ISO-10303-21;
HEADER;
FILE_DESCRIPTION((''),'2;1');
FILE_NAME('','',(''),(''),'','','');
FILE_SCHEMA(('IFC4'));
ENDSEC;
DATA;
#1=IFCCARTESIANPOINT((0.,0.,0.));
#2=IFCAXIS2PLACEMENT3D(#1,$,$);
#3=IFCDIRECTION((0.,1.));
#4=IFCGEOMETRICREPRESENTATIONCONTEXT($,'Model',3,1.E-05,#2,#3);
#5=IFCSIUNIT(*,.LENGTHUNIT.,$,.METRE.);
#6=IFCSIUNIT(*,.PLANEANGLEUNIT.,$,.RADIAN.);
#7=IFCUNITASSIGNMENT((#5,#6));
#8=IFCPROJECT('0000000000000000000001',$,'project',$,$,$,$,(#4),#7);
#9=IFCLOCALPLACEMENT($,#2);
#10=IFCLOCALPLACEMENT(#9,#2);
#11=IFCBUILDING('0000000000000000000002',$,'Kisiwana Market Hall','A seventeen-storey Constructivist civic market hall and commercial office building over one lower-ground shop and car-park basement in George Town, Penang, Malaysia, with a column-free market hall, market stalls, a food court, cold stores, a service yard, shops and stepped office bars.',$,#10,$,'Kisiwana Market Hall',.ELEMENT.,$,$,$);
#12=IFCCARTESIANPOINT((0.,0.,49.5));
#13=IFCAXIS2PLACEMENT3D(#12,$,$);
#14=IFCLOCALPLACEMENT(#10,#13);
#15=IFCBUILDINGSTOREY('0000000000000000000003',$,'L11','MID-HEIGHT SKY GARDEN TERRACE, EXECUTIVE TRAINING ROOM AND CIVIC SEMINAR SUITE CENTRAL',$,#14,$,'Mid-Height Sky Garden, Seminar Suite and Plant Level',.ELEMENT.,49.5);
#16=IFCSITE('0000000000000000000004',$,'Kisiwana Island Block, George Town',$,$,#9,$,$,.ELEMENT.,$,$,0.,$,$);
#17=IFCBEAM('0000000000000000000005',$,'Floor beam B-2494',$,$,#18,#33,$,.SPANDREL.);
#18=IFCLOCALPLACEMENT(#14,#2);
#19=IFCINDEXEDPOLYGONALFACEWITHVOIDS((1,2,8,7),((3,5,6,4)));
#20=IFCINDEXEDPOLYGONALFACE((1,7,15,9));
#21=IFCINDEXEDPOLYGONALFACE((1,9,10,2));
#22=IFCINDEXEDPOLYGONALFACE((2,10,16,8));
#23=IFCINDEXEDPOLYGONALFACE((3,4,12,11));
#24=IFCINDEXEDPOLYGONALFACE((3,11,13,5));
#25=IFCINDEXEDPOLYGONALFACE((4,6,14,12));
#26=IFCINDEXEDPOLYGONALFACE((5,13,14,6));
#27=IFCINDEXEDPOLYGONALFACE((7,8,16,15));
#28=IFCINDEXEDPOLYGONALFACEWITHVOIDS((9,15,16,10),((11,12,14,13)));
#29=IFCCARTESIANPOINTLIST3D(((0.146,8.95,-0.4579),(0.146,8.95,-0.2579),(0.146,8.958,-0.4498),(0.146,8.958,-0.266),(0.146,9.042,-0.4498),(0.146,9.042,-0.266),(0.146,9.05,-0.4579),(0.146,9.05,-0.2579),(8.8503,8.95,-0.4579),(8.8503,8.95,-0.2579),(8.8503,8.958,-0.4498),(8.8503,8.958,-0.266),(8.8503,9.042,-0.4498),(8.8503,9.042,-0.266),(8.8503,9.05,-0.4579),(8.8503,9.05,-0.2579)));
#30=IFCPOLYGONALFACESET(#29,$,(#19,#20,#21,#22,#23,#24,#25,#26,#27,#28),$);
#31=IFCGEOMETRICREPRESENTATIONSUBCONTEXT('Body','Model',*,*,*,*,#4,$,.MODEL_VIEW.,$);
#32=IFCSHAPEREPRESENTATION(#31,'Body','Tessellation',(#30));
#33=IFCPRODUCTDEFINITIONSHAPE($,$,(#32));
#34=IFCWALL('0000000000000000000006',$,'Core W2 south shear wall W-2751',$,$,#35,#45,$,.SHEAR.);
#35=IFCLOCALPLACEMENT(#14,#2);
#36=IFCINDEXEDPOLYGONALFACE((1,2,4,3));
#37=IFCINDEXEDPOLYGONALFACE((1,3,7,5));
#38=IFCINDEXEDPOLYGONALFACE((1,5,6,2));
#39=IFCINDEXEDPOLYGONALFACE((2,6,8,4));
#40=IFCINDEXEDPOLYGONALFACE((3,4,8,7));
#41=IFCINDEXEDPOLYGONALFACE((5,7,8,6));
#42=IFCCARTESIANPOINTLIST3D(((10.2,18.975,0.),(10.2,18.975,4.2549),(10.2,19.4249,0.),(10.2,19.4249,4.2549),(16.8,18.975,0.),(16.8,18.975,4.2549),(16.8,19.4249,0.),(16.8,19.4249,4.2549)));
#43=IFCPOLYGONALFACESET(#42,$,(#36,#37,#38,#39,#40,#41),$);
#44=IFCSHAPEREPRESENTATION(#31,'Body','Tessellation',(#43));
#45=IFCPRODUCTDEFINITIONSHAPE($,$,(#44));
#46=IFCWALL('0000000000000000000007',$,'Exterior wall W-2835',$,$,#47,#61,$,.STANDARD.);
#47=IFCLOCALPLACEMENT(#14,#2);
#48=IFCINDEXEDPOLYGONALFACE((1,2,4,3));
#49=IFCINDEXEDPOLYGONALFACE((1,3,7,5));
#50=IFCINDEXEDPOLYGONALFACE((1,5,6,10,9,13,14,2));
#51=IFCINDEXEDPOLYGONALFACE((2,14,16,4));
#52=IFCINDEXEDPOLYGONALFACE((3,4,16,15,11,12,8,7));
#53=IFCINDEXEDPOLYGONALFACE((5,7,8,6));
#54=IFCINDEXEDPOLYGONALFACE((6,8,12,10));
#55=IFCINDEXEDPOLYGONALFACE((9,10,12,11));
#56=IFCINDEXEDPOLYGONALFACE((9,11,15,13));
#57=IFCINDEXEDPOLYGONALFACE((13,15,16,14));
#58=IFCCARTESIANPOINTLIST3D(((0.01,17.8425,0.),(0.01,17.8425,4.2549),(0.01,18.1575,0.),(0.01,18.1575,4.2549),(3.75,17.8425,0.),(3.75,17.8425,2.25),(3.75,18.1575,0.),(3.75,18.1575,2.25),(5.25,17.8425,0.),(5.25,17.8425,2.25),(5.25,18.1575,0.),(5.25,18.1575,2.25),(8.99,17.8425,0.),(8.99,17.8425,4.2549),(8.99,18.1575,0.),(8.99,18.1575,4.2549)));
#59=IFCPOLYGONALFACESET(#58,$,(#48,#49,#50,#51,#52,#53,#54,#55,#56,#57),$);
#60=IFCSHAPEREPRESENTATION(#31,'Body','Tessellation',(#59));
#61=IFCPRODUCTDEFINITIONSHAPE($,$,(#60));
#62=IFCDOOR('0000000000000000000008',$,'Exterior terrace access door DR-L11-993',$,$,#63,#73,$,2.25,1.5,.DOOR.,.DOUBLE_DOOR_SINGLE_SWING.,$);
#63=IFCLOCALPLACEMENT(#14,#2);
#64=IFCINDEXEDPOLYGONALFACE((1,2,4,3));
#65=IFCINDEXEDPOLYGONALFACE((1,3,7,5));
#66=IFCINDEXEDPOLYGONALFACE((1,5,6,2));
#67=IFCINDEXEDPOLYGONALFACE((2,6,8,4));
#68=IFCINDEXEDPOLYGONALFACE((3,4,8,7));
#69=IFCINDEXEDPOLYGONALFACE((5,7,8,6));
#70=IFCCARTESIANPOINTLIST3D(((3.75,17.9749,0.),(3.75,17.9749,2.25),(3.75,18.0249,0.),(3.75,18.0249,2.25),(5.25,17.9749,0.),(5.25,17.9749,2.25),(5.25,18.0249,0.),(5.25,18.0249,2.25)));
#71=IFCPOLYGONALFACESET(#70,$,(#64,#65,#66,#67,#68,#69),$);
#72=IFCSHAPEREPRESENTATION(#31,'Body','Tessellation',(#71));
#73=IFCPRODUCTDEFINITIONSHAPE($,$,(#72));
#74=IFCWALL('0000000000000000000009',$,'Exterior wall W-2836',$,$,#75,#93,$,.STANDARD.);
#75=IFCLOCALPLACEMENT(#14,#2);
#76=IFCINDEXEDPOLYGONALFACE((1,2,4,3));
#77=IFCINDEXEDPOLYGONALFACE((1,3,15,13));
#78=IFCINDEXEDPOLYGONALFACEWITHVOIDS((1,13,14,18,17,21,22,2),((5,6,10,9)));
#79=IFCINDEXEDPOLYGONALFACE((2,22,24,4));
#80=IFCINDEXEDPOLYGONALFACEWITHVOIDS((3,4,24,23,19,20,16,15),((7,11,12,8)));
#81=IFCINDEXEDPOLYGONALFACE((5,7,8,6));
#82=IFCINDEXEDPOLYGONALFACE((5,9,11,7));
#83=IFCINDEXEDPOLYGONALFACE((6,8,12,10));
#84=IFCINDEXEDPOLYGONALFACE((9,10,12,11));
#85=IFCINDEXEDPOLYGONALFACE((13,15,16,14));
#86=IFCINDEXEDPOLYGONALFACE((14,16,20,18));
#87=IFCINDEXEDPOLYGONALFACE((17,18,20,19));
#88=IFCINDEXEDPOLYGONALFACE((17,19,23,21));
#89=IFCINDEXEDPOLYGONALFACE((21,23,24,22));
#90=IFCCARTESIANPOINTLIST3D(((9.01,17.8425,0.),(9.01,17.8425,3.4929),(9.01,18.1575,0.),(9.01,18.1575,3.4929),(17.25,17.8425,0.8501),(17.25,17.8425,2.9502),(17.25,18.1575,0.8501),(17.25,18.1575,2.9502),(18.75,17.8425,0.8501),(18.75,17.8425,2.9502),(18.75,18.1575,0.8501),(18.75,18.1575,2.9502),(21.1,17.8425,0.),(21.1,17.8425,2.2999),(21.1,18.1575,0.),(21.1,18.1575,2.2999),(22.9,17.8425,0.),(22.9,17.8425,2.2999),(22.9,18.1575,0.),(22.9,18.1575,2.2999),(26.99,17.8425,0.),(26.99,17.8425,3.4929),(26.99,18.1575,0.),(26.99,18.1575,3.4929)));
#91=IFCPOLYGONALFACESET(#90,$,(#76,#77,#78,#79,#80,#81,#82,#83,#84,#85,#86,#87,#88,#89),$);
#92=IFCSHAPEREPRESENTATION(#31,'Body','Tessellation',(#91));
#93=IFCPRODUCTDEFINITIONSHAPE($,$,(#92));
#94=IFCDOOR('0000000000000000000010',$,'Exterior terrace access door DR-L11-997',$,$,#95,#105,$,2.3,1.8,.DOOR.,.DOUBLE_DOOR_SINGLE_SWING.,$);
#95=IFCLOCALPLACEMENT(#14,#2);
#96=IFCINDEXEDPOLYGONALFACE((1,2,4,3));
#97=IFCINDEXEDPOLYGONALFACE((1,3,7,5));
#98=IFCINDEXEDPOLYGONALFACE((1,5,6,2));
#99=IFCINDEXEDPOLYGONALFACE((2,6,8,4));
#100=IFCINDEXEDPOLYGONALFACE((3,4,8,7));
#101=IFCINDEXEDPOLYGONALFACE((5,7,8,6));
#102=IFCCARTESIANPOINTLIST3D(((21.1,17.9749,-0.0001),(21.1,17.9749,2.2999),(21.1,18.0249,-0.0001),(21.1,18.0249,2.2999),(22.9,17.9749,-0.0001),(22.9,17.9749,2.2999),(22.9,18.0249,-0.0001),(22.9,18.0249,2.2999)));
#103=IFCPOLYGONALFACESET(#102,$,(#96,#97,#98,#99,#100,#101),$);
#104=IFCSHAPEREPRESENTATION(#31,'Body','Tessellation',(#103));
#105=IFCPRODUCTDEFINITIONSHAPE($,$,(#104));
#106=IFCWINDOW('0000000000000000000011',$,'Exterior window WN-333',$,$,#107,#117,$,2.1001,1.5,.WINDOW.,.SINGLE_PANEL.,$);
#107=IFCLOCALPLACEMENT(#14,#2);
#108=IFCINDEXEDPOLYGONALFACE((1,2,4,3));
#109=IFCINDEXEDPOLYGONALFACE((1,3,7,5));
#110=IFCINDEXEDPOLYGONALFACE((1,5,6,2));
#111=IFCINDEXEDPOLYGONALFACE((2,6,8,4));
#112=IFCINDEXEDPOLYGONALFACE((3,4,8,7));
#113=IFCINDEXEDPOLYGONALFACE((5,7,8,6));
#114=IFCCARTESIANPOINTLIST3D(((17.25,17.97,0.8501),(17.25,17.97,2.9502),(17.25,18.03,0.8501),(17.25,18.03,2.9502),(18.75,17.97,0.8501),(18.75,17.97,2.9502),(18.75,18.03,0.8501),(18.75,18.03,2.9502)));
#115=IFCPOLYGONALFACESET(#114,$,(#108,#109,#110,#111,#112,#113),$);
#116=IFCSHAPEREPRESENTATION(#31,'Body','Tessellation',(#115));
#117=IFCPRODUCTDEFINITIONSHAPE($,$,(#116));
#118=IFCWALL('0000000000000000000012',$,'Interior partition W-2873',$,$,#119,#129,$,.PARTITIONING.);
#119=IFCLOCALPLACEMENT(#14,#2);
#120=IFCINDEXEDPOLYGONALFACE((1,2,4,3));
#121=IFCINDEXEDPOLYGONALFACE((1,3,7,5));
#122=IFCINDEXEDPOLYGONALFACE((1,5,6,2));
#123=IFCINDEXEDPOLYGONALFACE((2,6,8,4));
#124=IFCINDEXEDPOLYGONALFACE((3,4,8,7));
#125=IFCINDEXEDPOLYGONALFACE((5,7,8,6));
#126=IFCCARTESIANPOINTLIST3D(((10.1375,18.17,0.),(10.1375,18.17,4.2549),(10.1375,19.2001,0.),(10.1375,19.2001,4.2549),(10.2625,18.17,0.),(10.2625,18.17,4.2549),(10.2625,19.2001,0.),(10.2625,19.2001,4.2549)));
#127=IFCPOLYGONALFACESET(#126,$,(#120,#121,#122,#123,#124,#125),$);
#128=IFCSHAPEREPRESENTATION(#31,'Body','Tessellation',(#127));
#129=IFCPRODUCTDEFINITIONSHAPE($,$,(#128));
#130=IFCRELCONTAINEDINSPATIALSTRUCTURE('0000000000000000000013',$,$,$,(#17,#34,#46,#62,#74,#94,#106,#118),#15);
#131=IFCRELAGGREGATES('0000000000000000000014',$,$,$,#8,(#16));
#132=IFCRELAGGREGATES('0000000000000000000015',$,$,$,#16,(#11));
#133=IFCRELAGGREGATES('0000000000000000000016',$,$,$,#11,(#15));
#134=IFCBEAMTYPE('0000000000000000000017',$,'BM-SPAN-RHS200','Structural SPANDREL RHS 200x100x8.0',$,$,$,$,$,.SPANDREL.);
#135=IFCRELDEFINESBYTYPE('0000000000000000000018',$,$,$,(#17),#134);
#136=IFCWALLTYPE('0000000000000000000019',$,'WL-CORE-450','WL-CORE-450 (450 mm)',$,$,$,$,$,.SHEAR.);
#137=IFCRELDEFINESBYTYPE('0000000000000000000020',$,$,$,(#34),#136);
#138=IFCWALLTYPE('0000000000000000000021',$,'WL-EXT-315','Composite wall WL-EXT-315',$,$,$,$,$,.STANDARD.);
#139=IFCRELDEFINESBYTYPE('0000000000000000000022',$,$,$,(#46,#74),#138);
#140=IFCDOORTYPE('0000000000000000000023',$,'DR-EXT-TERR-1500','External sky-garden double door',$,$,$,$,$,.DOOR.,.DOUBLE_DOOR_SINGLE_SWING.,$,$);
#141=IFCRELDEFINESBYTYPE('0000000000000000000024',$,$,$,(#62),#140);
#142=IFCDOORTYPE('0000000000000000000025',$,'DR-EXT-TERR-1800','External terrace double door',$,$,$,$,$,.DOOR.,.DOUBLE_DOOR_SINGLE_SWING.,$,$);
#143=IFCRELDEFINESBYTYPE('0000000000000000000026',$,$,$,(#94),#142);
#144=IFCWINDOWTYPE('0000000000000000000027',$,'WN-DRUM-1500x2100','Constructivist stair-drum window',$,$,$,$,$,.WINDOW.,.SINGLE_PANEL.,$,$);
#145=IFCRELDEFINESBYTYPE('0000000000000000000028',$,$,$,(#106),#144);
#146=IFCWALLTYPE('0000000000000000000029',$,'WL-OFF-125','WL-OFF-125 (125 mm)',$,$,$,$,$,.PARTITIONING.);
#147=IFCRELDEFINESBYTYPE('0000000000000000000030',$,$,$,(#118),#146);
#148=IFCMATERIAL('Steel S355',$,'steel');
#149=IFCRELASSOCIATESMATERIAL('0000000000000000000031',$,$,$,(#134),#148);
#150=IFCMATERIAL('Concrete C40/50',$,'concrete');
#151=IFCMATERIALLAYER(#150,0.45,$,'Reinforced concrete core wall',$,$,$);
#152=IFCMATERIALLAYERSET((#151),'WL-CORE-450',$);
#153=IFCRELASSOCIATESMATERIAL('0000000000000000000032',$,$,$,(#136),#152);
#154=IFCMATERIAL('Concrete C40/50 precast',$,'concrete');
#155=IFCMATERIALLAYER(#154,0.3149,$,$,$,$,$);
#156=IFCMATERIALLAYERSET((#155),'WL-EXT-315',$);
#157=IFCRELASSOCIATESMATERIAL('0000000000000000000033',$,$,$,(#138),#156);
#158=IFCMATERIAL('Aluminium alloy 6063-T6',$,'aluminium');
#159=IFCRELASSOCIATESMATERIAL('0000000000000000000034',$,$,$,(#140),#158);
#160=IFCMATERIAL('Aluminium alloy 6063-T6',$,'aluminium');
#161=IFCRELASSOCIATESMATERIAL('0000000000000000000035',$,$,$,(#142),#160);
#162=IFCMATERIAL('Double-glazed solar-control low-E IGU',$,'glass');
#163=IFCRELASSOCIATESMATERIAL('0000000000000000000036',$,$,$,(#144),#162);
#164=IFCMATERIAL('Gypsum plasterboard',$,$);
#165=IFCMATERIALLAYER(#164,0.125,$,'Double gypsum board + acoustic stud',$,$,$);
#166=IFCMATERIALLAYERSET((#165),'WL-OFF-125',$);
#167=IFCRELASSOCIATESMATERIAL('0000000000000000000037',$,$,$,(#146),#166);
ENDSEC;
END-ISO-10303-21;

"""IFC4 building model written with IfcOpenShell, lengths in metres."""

from ifc_helpers import new_model, si_unit, direction, frame, frame_2d, origin, origin_2d, place, context, subcontext, project, spatial, rectangle, hollow_rectangle, extrude, material, layer, layer_set, material_profile, profile_set, type_object, element, fill, save


model = new_model("IFC4")

# Units and contexts
model_context = context("Model", 3, precision=1e-05, world=origin(), true_north=direction((0.0, 1.0)))
body_context = subcontext(model_context, "Body", "Model", "MODEL_VIEW")
ifc_project = project(units=[si_unit("LENGTHUNIT", "METRE"), si_unit("PLANEANGLEUNIT", "RADIAN")], contexts=[model_context])

# Site, building, storey
site_placement = place(None, origin())
site = spatial("IfcSite", under=ifc_project, at=site_placement, Name="Kisiwana Island Block, George Town", CompositionType="ELEMENT", RefElevation=0.0)
building_placement = place(site_placement, origin())
building = spatial("IfcBuilding", under=site, at=building_placement, Name="Kisiwana Market Hall", Description="A seventeen-storey Constructivist civic market hall and commercial office building over one lower-ground shop and car-park basement in George Town, Penang, Malaysia, with a column-free market hall, market stalls, a food court, cold stores, a service yard, shops and stepped office bars.", LongName="Kisiwana Market Hall", CompositionType="ELEMENT")
storey_placement = place(building_placement, frame((0.0, 0.0, 49.5)))
storey = spatial("IfcBuildingStorey", under=building, at=storey_placement, Name="L11", Description="MID-HEIGHT SKY GARDEN TERRACE, EXECUTIVE TRAINING ROOM AND CIVIC SEMINAR SUITE CENTRAL", LongName="Mid-Height Sky Garden, Seminar Suite and Plant Level", CompositionType="ELEMENT", Elevation=49.5)

# Beam
ifc_material_1 = material(Name="Steel S355", Category="steel")
ifc_material_profile_1 = material_profile(ifc_material_1, hollow_rectangle(XDim=0.1001, YDim=0.2, WallThickness=0.0081, at=origin_2d()), Name="RHS 200x100x8.0")
ifc_profile_set_1 = profile_set([ifc_material_profile_1], Name="Steel S355")
beam_type_1 = type_object("IfcBeamType", Name="BM-SPAN-RHS200", Description="Structural SPANDREL RHS 200x100x8.0", PredefinedType="SPANDREL", material=ifc_profile_set_1)
beam_1_placement = place(storey_placement, frame((0.146, 9.0, -0.3579), z_axis=(1.0, 0.0, 0.0), x_axis=(0.0, 1.0, 0.0)))
element("IfcBeam", 1, at=beam_1_placement, inside=storey, type_object=beam_type_1, Name="Floor beam B-2494", PredefinedType="SPANDREL", context=body_context, shape_type="SweptSolid", body=[
    extrude(hollow_rectangle(XDim=0.1001, YDim=0.2, WallThickness=0.0081, at=origin_2d()), origin(), (0.0, 0.0, 1.0), 8.7043),
])

# Wall
ifc_material_2 = material(Name="Concrete C40/50", Category="concrete")
ifc_layer_1 = layer(ifc_material_2, 0.45, Name="Reinforced concrete core wall")
ifc_layer_set_1 = layer_set([ifc_layer_1], Name="WL-CORE-450")
wall_type_1 = type_object("IfcWallType", Name="WL-CORE-450", Description="WL-CORE-450 (450 mm)", PredefinedType="SHEAR", material=ifc_layer_set_1)
wall_1_placement = place(storey_placement, frame((10.2, 19.2, 0.0), z_axis=(0.0, 0.0, 1.0), x_axis=(1.0, 0.0, 0.0)))
element("IfcWall", 2, at=wall_1_placement, inside=storey, type_object=wall_type_1, Name="Core W2 south shear wall W-2751", PredefinedType="SHEAR", context=body_context, shape_type="SweptSolid", body=[
    extrude(rectangle(XDim=6.6001, YDim=0.45, at=frame_2d((3.3, 0.0))), origin(), (0.0, 0.0, 1.0), 4.2549),
])

# Wall, opening, door
ifc_material_3 = material(Name="Concrete C40/50 precast", Category="concrete")
ifc_layer_2 = layer(ifc_material_3, 0.3149)
ifc_layer_set_2 = layer_set([ifc_layer_2], Name="WL-EXT-315")
wall_type_2 = type_object("IfcWallType", Name="WL-EXT-315", Description="Composite wall WL-EXT-315", PredefinedType="STANDARD", material=ifc_layer_set_2)
wall_2_placement = place(storey_placement, frame((0.01, 18.0, 0.0), z_axis=(0.0, 0.0, 1.0), x_axis=(1.0, 0.0, 0.0)))
wall_2 = element("IfcWall", 3, at=wall_2_placement, inside=storey, type_object=wall_type_2, Name="Exterior wall W-2835", PredefinedType="STANDARD", context=body_context, shape_type="SweptSolid", body=[
    extrude(rectangle(XDim=8.98, YDim=0.3149, at=frame_2d((4.49, 0.0))), origin(), (0.0, 0.0, 1.0), 4.2549),
])
opening_1_placement = place(wall_2_placement, frame((3.74, 0.0, 0.0)))
opening_1 = element("IfcOpeningElement", 4, at=opening_1_placement, cuts=wall_2, PredefinedType="OPENING", context=body_context, shape_type="SweptSolid", body=[
    extrude(rectangle(XDim=1.5, YDim=2.25, at=frame_2d((0.75, 1.125))), frame((0.0, 0.1694, 0.0), z_axis=(0.0, -1.0, 0.0), x_axis=(1.0, 0.0, 0.0)), (0.0, 0.0, 1.0), 0.3389),
])
ifc_material_4 = material(Name="Aluminium alloy 6063-T6", Category="aluminium")
door_type_1 = type_object("IfcDoorType", Name="DR-EXT-TERR-1500", Description="External sky-garden double door", OperationType="DOUBLE_DOOR_SINGLE_SWING", PredefinedType="DOOR", material=ifc_material_4)
door_1_placement = place(opening_1_placement, origin())
door_1 = element("IfcDoor", 5, at=door_1_placement, inside=storey, type_object=door_type_1, Name="Exterior terrace access door DR-L11-993", OperationType="DOUBLE_DOOR_SINGLE_SWING", OverallHeight=2.25, OverallWidth=1.5, PredefinedType="DOOR", context=body_context, shape_type="SweptSolid", body=[
    extrude(rectangle(XDim=1.5, YDim=2.25, at=frame_2d((0.75, 1.125))), frame((0.0, 0.0249, 0.0), z_axis=(0.0, -1.0, 0.0), x_axis=(1.0, 0.0, 0.0)), (0.0, 0.0, 1.0), 0.05),
])
fill(opening_1, door_1)

# Wall, openings, door, window
wall_3_placement = place(storey_placement, frame((9.01, 18.0, 0.0), z_axis=(0.0, 0.0, 1.0), x_axis=(1.0, 0.0, 0.0)))
wall_3 = element("IfcWall", 6, at=wall_3_placement, inside=storey, type_object=wall_type_2, Name="Exterior wall W-2836", PredefinedType="STANDARD", context=body_context, shape_type="SweptSolid", body=[
    extrude(rectangle(XDim=17.98, YDim=0.3149, at=frame_2d((8.99, 0.0))), origin(), (0.0, 0.0, 1.0), 3.4929),
])
opening_2_placement = place(wall_3_placement, frame((8.24, 0.0, 0.8501)))
opening_2 = element("IfcOpeningElement", 7, at=opening_2_placement, cuts=wall_3, PredefinedType="OPENING", context=body_context, shape_type="SweptSolid", body=[
    extrude(rectangle(XDim=1.5, YDim=2.1001, at=frame_2d((0.75, 1.05))), frame((0.0, 0.1694, 0.0), z_axis=(0.0, -1.0, 0.0), x_axis=(1.0, 0.0, 0.0)), (0.0, 0.0, 1.0), 0.3389),
])
opening_3_placement = place(wall_3_placement, frame((12.0901, 0.0, 0.0)))
opening_3 = element("IfcOpeningElement", 8, at=opening_3_placement, cuts=wall_3, PredefinedType="OPENING", context=body_context, shape_type="SweptSolid", body=[
    extrude(rectangle(XDim=1.8, YDim=2.3, at=frame_2d((0.8999, 1.1499))), frame((0.0, 0.1694, 0.0), z_axis=(0.0, -1.0, 0.0), x_axis=(1.0, 0.0, 0.0)), (0.0, 0.0, 1.0), 0.3389),
])
ifc_material_5 = material(Name="Aluminium alloy 6063-T6", Category="aluminium")
door_type_2 = type_object("IfcDoorType", Name="DR-EXT-TERR-1800", Description="External terrace double door", OperationType="DOUBLE_DOOR_SINGLE_SWING", PredefinedType="DOOR", material=ifc_material_5)
door_2_placement = place(opening_3_placement, origin())
door_2 = element("IfcDoor", 9, at=door_2_placement, inside=storey, type_object=door_type_2, Name="Exterior terrace access door DR-L11-997", OperationType="DOUBLE_DOOR_SINGLE_SWING", OverallHeight=2.3, OverallWidth=1.8, PredefinedType="DOOR", context=body_context, shape_type="SweptSolid", body=[
    extrude(rectangle(XDim=1.8, YDim=2.3, at=frame_2d((0.8999, 1.1499))), frame((0.0, 0.0249, 0.0), z_axis=(0.0, -1.0, 0.0), x_axis=(1.0, 0.0, 0.0)), (0.0, 0.0, 1.0), 0.05),
])
fill(opening_3, door_2)
ifc_material_6 = material(Name="Double-glazed solar-control low-E IGU", Category="glass")
window_type = type_object("IfcWindowType", Name="WN-DRUM-1500x2100", Description="Constructivist stair-drum window", PartitioningType="SINGLE_PANEL", PredefinedType="WINDOW", material=ifc_material_6)
window_placement = place(opening_2_placement, origin())
window = element("IfcWindow", 10, at=window_placement, inside=storey, type_object=window_type, Name="Exterior window WN-333", OverallHeight=2.1001, OverallWidth=1.5, PartitioningType="SINGLE_PANEL", PredefinedType="WINDOW", context=body_context, shape_type="SweptSolid", body=[
    extrude(rectangle(XDim=1.5, YDim=2.1001, at=frame_2d((0.75, 1.05))), frame((0.0, 0.03, 0.0), z_axis=(0.0, -1.0, 0.0), x_axis=(1.0, 0.0, 0.0)), (0.0, 0.0, 1.0), 0.0601),
])
fill(opening_2, window)

# Wall
ifc_material_7 = material(Name="Gypsum plasterboard")
ifc_layer_3 = layer(ifc_material_7, 0.125, Name="Double gypsum board + acoustic stud")
ifc_layer_set_3 = layer_set([ifc_layer_3], Name="WL-OFF-125")
wall_type_3 = type_object("IfcWallType", Name="WL-OFF-125", Description="WL-OFF-125 (125 mm)", PredefinedType="PARTITIONING", material=ifc_layer_set_3)
wall_4_placement = place(storey_placement, frame((10.2, 18.1699, 0.0), z_axis=(0.0, 0.0, 1.0), x_axis=(0.0, 1.0, 0.0)))
element("IfcWall", 11, at=wall_4_placement, inside=storey, type_object=wall_type_3, Name="Interior partition W-2873", PredefinedType="PARTITIONING", context=body_context, shape_type="SweptSolid", body=[
    extrude(rectangle(XDim=1.03, YDim=0.125, at=frame_2d((0.5151, 0.0))), origin(), (0.0, 0.0, 1.0), 4.2549),
])

save(model, "model.ifc")
